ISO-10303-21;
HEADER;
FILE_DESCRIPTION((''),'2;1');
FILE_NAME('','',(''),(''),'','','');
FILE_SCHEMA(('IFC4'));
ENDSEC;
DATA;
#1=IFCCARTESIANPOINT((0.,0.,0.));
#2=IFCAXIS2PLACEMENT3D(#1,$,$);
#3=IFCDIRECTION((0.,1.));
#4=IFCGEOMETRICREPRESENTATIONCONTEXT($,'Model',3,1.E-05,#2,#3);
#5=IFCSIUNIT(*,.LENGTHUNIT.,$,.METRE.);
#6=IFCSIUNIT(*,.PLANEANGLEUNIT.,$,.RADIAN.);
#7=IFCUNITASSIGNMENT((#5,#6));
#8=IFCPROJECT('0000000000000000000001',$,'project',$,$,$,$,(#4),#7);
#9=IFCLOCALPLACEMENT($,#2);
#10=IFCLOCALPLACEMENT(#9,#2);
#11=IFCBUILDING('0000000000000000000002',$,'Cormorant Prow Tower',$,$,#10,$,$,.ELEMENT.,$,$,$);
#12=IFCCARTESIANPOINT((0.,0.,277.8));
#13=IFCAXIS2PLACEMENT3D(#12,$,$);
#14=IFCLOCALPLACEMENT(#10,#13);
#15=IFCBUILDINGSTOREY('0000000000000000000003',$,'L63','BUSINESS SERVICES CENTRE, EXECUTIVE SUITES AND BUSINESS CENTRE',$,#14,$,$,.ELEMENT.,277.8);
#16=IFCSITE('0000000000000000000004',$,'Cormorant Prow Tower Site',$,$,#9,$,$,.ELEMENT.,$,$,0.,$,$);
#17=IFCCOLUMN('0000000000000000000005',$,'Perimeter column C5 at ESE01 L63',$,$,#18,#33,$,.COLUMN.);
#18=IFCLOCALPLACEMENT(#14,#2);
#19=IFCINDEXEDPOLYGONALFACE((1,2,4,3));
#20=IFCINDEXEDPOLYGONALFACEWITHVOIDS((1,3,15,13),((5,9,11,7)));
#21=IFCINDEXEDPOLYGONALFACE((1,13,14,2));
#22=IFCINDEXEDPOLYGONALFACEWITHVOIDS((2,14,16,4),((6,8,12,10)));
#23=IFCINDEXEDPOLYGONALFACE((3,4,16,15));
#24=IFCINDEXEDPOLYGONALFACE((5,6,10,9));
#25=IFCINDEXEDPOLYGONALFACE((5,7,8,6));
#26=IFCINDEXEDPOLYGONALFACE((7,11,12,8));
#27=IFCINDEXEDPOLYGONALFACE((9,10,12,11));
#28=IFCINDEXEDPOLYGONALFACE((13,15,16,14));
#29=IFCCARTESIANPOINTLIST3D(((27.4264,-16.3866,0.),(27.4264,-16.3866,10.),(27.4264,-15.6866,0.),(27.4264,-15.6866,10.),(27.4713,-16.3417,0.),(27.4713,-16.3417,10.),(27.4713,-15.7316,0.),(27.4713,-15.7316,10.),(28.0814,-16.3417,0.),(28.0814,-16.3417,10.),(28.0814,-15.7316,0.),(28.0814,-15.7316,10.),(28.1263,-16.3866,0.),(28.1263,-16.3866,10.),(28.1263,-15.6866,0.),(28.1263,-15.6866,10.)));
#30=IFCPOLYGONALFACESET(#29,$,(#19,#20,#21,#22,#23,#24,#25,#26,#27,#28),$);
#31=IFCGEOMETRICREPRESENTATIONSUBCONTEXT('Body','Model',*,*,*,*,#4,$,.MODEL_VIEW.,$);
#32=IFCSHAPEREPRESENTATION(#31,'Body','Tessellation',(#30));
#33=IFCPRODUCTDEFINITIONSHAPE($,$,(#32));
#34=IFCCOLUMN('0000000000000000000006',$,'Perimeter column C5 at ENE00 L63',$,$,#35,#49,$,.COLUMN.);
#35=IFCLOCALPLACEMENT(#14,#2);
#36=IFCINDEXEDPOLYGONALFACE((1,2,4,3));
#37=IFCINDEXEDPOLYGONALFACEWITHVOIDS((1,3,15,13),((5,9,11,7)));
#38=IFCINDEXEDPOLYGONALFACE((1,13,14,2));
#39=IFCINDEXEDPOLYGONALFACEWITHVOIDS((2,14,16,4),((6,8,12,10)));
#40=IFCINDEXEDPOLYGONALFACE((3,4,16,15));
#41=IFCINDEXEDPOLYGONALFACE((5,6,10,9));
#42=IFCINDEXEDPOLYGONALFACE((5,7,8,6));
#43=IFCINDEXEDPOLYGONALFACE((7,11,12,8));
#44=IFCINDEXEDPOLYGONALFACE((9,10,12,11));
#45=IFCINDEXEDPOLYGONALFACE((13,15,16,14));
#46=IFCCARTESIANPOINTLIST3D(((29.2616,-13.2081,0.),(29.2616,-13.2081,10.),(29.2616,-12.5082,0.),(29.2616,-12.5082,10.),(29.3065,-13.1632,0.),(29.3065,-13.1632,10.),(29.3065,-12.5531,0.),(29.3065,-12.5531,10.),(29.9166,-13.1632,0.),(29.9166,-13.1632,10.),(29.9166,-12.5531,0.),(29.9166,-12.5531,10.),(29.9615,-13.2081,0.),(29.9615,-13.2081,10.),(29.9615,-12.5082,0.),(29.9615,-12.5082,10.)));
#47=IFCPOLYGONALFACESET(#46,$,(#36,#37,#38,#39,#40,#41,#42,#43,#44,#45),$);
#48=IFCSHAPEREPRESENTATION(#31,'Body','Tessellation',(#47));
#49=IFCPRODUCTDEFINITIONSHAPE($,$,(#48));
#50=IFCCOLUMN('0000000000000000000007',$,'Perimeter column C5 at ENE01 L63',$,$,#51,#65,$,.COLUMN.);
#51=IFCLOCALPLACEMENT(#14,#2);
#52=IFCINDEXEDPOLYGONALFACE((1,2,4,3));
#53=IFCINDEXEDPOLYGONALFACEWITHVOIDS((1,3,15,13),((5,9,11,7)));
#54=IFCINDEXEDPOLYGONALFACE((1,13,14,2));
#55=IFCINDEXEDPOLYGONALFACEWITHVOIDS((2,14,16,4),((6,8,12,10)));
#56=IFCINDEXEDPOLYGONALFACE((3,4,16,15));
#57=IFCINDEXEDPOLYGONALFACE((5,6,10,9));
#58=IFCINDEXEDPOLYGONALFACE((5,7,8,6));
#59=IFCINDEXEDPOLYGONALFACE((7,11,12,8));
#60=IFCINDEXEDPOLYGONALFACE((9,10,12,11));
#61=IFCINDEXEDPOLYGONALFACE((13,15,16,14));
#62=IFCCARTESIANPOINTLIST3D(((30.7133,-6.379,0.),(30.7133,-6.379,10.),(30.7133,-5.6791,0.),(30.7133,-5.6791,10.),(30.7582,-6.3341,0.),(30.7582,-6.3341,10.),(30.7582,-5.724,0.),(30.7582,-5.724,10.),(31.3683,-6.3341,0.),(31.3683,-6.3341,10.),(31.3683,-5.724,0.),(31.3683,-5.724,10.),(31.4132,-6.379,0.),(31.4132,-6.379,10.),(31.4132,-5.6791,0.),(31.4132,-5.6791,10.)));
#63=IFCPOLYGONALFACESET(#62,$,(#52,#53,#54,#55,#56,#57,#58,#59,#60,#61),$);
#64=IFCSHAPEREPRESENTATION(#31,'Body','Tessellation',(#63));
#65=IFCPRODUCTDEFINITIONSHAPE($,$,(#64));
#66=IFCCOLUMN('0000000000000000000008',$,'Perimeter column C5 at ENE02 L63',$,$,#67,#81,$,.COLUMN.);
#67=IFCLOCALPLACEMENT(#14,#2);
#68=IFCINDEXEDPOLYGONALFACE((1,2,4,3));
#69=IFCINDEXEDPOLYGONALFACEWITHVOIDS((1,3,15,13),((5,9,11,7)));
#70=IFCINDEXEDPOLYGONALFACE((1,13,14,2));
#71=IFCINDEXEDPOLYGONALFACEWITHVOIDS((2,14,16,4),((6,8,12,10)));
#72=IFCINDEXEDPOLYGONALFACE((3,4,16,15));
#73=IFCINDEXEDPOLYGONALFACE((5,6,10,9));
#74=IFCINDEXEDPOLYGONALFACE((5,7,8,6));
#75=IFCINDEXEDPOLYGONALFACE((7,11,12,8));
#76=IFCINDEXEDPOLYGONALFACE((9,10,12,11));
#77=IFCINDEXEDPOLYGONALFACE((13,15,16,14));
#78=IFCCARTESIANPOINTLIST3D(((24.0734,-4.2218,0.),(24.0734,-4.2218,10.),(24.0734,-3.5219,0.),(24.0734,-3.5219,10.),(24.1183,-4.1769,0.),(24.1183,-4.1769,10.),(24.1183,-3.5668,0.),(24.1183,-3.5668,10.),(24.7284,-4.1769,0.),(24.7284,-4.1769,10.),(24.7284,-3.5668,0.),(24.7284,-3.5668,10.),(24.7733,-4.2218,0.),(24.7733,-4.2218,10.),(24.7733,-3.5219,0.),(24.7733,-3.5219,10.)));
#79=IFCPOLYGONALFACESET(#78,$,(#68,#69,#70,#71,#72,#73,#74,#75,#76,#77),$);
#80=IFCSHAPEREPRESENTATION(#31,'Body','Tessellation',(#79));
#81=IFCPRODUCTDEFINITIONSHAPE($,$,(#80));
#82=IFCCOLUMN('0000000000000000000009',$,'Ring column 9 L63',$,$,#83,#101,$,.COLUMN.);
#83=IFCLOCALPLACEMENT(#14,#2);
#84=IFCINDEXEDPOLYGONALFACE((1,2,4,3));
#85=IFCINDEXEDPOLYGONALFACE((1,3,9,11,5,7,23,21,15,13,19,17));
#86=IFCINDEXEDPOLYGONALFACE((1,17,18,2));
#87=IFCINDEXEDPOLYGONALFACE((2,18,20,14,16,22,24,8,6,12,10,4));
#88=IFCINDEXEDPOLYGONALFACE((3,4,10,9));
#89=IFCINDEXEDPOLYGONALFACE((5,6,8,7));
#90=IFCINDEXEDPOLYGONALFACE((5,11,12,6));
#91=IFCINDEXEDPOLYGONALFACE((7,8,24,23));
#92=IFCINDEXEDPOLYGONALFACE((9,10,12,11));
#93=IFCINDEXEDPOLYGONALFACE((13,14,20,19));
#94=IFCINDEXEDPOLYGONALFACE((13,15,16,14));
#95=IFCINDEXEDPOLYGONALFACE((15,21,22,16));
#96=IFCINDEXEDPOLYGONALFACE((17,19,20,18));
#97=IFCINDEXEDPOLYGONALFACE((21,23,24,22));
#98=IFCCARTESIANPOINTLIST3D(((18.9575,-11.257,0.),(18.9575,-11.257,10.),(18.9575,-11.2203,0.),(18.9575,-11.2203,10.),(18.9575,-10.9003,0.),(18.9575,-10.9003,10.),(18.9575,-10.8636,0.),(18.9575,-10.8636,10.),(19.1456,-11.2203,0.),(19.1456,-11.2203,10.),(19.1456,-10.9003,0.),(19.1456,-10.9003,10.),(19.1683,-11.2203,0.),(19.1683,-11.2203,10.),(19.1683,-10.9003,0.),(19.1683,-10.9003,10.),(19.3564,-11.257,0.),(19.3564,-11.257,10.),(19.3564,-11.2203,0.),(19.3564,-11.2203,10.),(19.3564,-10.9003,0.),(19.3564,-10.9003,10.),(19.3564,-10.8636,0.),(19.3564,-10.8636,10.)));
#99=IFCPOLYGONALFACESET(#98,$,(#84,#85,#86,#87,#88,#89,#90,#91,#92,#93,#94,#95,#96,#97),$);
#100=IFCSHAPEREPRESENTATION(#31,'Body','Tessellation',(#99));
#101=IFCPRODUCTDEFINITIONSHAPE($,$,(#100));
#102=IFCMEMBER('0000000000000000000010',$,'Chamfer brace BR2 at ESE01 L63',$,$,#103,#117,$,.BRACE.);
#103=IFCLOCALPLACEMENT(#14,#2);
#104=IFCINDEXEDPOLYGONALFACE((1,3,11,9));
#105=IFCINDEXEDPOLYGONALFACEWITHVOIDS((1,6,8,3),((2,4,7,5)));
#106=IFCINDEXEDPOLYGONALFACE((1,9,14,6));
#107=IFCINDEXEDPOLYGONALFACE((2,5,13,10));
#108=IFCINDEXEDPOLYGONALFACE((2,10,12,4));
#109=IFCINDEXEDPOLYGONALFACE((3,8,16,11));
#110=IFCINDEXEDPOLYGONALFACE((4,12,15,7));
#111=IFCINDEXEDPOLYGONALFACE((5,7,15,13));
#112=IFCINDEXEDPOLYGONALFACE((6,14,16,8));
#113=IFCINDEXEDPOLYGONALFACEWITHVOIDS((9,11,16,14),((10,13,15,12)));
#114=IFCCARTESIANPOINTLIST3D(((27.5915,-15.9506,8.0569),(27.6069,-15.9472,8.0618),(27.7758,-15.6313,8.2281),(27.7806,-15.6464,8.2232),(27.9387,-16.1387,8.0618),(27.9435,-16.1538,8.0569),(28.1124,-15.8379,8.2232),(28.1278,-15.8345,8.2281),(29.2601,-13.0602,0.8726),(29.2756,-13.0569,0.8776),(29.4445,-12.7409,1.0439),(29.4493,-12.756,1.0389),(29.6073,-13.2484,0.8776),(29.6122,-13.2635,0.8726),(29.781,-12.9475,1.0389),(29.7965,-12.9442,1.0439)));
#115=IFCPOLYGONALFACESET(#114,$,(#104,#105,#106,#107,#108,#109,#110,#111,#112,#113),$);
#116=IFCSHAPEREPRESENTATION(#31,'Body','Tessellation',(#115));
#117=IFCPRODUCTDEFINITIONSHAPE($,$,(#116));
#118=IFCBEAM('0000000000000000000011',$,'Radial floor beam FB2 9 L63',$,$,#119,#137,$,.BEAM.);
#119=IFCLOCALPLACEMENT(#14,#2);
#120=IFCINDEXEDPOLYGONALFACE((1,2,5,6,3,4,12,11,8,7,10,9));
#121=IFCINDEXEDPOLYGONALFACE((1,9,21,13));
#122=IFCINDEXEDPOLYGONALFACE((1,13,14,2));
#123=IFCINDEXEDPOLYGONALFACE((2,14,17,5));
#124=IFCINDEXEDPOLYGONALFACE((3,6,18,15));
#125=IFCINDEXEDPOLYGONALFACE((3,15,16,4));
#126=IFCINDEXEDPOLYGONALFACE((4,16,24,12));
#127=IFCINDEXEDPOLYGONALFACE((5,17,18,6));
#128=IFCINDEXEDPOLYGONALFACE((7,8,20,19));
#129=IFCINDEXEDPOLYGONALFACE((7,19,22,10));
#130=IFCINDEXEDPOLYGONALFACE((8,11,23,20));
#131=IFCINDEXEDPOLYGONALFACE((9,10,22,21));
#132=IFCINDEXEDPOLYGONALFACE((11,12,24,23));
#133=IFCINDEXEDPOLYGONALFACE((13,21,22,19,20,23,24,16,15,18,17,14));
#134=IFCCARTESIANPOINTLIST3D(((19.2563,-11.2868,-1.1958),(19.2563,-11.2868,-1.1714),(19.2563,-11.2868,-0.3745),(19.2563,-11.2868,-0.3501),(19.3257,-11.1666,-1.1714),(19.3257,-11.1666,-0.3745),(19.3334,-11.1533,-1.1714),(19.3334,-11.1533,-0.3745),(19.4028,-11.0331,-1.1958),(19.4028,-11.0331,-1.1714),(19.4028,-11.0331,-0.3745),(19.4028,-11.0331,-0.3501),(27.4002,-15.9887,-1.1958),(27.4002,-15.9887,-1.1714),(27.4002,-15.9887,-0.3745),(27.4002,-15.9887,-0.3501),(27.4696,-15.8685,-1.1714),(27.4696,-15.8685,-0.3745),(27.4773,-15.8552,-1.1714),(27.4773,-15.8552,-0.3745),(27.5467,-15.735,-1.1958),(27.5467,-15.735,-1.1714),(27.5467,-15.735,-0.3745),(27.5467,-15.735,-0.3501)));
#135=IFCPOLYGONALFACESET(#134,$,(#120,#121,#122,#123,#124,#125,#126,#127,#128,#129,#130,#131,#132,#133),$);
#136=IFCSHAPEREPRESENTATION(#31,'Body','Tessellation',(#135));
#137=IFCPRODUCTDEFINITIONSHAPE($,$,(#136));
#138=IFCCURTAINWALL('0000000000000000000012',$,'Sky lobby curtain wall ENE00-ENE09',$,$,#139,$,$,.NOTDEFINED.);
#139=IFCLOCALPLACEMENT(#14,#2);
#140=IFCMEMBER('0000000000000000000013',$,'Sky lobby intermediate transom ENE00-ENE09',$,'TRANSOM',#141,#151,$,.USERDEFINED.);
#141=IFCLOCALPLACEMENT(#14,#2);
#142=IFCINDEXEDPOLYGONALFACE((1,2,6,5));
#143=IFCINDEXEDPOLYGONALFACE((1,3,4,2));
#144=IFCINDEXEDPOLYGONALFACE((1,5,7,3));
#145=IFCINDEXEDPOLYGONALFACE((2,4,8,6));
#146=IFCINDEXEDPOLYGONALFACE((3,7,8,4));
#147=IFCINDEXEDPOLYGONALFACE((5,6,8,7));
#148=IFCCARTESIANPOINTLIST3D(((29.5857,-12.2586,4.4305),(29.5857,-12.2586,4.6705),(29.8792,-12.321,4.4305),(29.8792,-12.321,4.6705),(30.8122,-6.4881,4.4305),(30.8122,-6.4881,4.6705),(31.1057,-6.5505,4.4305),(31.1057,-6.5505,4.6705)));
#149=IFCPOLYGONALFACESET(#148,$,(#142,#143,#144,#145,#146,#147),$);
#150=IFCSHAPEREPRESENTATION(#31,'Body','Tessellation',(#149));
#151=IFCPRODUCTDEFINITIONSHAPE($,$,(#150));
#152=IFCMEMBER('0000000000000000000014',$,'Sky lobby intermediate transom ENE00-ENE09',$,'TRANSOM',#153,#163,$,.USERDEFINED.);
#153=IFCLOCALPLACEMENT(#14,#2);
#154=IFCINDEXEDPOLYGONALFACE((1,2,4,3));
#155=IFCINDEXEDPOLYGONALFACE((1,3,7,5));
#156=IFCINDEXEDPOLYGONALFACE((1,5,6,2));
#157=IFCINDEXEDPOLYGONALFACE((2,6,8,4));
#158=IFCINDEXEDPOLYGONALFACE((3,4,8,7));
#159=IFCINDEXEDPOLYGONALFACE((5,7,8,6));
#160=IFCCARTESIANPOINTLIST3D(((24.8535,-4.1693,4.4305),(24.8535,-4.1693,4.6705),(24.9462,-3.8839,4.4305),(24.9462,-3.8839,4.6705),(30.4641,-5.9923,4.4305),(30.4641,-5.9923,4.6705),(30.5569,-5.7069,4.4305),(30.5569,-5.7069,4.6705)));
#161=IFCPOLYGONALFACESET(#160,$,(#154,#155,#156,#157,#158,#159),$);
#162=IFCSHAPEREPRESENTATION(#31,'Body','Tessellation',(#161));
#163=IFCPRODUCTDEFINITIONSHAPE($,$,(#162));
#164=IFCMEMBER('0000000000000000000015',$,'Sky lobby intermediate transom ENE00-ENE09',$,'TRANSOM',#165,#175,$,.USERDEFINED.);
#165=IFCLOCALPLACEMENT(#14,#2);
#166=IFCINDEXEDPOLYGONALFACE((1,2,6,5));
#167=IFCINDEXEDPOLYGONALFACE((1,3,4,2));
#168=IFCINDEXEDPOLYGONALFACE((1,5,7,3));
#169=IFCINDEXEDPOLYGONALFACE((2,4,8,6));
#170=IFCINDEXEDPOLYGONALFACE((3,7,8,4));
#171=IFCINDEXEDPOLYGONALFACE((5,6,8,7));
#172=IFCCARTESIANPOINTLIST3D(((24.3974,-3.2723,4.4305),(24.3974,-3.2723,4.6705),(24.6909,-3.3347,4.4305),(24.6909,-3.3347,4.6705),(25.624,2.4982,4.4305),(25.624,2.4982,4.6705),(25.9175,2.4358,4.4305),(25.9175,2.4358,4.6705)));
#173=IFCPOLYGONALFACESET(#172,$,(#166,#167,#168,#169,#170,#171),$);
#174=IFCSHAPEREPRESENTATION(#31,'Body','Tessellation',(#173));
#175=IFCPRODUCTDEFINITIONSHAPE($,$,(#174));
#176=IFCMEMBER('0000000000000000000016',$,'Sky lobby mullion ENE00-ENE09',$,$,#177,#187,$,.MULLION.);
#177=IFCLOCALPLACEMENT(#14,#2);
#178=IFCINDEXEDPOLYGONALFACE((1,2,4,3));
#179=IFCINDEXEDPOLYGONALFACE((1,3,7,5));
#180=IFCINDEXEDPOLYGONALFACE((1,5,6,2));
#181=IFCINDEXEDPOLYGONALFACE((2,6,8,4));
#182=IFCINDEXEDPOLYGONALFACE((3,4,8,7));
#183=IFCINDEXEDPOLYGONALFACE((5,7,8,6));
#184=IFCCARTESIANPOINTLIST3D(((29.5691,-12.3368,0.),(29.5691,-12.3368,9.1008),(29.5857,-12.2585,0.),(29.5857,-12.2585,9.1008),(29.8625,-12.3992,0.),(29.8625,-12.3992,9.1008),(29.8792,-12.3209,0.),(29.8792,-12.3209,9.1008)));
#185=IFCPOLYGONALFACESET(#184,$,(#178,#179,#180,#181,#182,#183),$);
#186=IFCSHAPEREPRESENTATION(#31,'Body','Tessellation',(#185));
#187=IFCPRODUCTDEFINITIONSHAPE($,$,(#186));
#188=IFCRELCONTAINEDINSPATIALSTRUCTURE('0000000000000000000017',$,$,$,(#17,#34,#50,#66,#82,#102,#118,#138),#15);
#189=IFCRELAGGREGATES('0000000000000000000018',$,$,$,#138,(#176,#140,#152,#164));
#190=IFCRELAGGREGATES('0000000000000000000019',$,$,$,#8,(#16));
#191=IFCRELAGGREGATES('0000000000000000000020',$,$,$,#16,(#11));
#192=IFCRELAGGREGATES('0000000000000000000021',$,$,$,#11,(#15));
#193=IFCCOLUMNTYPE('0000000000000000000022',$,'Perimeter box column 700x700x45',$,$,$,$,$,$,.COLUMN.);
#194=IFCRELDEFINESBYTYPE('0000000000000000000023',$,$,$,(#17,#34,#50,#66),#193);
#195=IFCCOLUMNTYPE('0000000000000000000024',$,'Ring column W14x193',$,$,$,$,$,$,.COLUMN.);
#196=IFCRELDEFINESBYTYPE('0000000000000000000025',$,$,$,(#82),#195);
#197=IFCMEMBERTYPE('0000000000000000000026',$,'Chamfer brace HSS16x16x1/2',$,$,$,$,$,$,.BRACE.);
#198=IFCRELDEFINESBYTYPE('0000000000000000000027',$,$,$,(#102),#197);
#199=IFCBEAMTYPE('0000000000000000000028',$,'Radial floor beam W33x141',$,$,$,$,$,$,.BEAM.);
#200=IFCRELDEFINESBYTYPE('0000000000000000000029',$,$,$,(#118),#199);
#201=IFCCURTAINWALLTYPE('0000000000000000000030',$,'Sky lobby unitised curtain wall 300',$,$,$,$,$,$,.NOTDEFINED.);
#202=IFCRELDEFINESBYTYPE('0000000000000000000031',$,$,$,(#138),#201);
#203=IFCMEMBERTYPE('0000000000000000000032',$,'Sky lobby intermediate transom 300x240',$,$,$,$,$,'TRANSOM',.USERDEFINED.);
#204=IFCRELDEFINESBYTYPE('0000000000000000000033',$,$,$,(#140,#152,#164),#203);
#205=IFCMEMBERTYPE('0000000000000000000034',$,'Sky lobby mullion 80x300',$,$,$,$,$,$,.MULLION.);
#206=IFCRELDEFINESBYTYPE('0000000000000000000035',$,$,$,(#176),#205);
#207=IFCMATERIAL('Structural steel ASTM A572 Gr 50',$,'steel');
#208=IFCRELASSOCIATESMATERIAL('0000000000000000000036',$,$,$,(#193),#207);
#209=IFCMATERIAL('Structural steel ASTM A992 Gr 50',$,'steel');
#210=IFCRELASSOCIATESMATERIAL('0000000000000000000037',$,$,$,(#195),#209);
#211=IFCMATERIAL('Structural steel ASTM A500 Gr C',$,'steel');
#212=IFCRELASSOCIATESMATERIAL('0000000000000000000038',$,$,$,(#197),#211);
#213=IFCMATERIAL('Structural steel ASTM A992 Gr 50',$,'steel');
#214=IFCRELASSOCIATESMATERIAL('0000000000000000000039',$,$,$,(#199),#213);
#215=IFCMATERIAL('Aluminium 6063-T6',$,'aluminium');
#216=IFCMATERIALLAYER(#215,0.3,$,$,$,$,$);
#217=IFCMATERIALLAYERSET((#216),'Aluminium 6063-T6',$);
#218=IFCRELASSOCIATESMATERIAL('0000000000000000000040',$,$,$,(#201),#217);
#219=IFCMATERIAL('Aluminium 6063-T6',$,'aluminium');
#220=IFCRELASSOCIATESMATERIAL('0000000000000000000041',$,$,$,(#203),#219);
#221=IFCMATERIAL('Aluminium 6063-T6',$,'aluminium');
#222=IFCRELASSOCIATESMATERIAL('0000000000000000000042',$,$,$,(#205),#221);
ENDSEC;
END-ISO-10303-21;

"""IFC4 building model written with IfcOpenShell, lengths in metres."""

from ifc_helpers import new_model, si_unit, direction, frame, origin, origin_2d, place, context, subcontext, project, spatial, rectangle, hollow_rectangle, i_section, extrude, material, layer, layer_set, material_profile, profile_set, type_object, element, aggregate, save


model = new_model("IFC4")

# Units and contexts
model_context = context("Model", 3, precision=1e-05, world=origin(), true_north=direction((0.0, 1.0)))
body_context = subcontext(model_context, "Body", "Model", "MODEL_VIEW")
ifc_project = project(units=[si_unit("LENGTHUNIT", "METRE"), si_unit("PLANEANGLEUNIT", "RADIAN")], contexts=[model_context])

# Site, building, storey
site_placement = place(None, origin())
site = spatial("IfcSite", under=ifc_project, at=site_placement, Name="Cormorant Prow Tower Site", CompositionType="ELEMENT", RefElevation=0.0)
building_placement = place(site_placement, origin())
building = spatial("IfcBuilding", under=site, at=building_placement, Name="Cormorant Prow Tower", CompositionType="ELEMENT")
storey_placement = place(building_placement, frame((0.0, 0.0, 277.8)))
storey = spatial("IfcBuildingStorey", under=building, at=storey_placement, Name="L63", Description="BUSINESS SERVICES CENTRE, EXECUTIVE SUITES AND BUSINESS CENTRE", CompositionType="ELEMENT", Elevation=277.8)

# Columns
ifc_material_1 = material(Name="Structural steel ASTM A572 Gr 50", Category="steel")
ifc_material_profile_1 = material_profile(ifc_material_1, hollow_rectangle(XDim=0.7, YDim=0.7, WallThickness=0.0449, at=origin_2d()), Name="Box 700x700x45")
ifc_profile_set_1 = profile_set([ifc_material_profile_1], Name="Structural steel ASTM A572 Gr 50")
column_type_1 = type_object("IfcColumnType", Name="Perimeter box column 700x700x45", PredefinedType="COLUMN", material=ifc_profile_set_1)
for number, where, z_axis, x_axis, name in (
    (1, (27.7764, -16.0366, 0.0), (0.0, 0.0, 1.0), (1.0, 0.0, 0.0), "Perimeter column C5 at ESE01 L63"),
    (2, (29.6116, -12.8582, 0.0), (0.0, 0.0, 1.0), (1.0, 0.0, 0.0), "Perimeter column C5 at ENE00 L63"),
    (3, (31.0632, -6.0291, 0.0), (0.0, 0.0, 1.0), (1.0, 0.0, 0.0), "Perimeter column C5 at ENE01 L63"),
    (4, (24.4233, -3.8718, 0.0), (0.0, 0.0, 1.0), (1.0, 0.0, 0.0), "Perimeter column C5 at ENE02 L63"),
):
    element("IfcColumn", number, at=place(storey_placement, frame(where, z_axis=z_axis, x_axis=x_axis)), inside=storey, type_object=column_type_1, Name=name, PredefinedType="COLUMN", context=body_context, shape_type="SweptSolid", body=[
        extrude(hollow_rectangle(XDim=0.7, YDim=0.7, WallThickness=0.0449, at=origin_2d()), origin(), (0.0, 0.0, 1.0), 10.0),
    ])
ifc_material_2 = material(Name="Structural steel ASTM A992 Gr 50", Category="steel")
ifc_material_profile_2 = material_profile(ifc_material_2, i_section(OverallWidth=0.3989, OverallDepth=0.3933, WebThickness=0.0227, FlangeThickness=0.0366, at=origin_2d()), Name="W14x193")
ifc_profile_set_2 = profile_set([ifc_material_profile_2], Name="Structural steel ASTM A992 Gr 50")
column_type_2 = type_object("IfcColumnType", Name="Ring column W14x193", PredefinedType="COLUMN", material=ifc_profile_set_2)
column_placement = place(storey_placement, frame((19.157, -11.0603, 0.0), z_axis=(0.0, 0.0, 1.0), x_axis=(1.0, 0.0, 0.0)))
element("IfcColumn", 5, at=column_placement, inside=storey, type_object=column_type_2, Name="Ring column 9 L63", PredefinedType="COLUMN", context=body_context, shape_type="SweptSolid", body=[
    extrude(i_section(OverallWidth=0.3989, OverallDepth=0.3933, WebThickness=0.0227, FlangeThickness=0.0366, at=origin_2d()), origin(), (0.0, 0.0, 1.0), 10.0),
])

# Member
ifc_material_3 = material(Name="Structural steel ASTM A500 Gr C", Category="steel")
ifc_material_profile_3 = material_profile(ifc_material_3, hollow_rectangle(XDim=0.4065, YDim=0.4065, WallThickness=0.0117, at=origin_2d()), Name="HSS16x16x1/2")
ifc_profile_set_3 = profile_set([ifc_material_profile_3], Name="Structural steel ASTM A500 Gr C")
member_type_1 = type_object("IfcMemberType", Name="Chamfer brace HSS16x16x1/2", PredefinedType="BRACE", material=ifc_profile_set_3)
member_1_placement = place(storey_placement, frame((29.5283, -13.0022, 0.9583), z_axis=(-0.210649, -0.364869, 0.906917), x_axis=(0.866033, -0.499986, 0.0)))
element("IfcMember", 6, at=member_1_placement, inside=storey, type_object=member_type_1, Name="Chamfer brace BR2 at ESE01 L63", PredefinedType="BRACE", context=body_context, shape_type="SweptSolid", body=[
    extrude(hollow_rectangle(XDim=0.4065, YDim=0.4065, WallThickness=0.0117, at=origin_2d()), origin(), (0.0, 0.0, 1.0), 7.9216),
])

# Beam
ifc_material_4 = material(Name="Structural steel ASTM A992 Gr 50", Category="steel")
ifc_material_profile_4 = material_profile(ifc_material_4, i_section(OverallWidth=0.293, OverallDepth=0.8457, WebThickness=0.0154, FlangeThickness=0.0244, at=origin_2d()), Name="W33x141")
ifc_profile_set_4 = profile_set([ifc_material_profile_4], Name="Structural steel ASTM A992 Gr 50")
beam_type_1 = type_object("IfcBeamType", Name="Radial floor beam W33x141", PredefinedType="BEAM", material=ifc_profile_set_4)
beam_1_placement = place(storey_placement, frame((19.3296, -11.1599, -0.7729), z_axis=(0.866022, -0.500006, 0.0), x_axis=(0.500006, 0.866022, 0.0)))
element("IfcBeam", 7, at=beam_1_placement, inside=storey, type_object=beam_type_1, Name="Radial floor beam FB2 9 L63", PredefinedType="BEAM", context=body_context, shape_type="SweptSolid", body=[
    extrude(i_section(OverallWidth=0.293, OverallDepth=0.8457, WebThickness=0.0154, FlangeThickness=0.0244, at=origin_2d()), origin(), (0.0, 0.0, 1.0), 9.4038),
])

# Curtain wall, members
ifc_material_5 = material(Name="Aluminium 6063-T6", Category="aluminium")
ifc_layer_1 = layer(ifc_material_5, 0.3)
ifc_layer_set_1 = layer_set([ifc_layer_1], Name="Aluminium 6063-T6")
curtain_wall_type = type_object("IfcCurtainWallType", Name="Sky lobby unitised curtain wall 300", PredefinedType="NOTDEFINED", material=ifc_layer_set_1)
curtain_wall_placement = place(storey_placement, origin())
curtain_wall = element("IfcCurtainWall", 8, at=curtain_wall_placement, inside=storey, type_object=curtain_wall_type, Name="Sky lobby curtain wall ENE00-ENE09", PredefinedType="NOTDEFINED")
ifc_material_6 = material(Name="Aluminium 6063-T6", Category="aluminium")
ifc_material_profile_5 = material_profile(ifc_material_6, rectangle(XDim=0.3, YDim=0.24, at=origin_2d()), Name="Sky lobby intermediate transom 300x240")
ifc_profile_set_5 = profile_set([ifc_material_profile_5], Name="Aluminium 6063-T6")
member_type_2 = type_object("IfcMemberType", Name="Sky lobby intermediate transom 300x240", ElementType="TRANSOM", PredefinedType="USERDEFINED", material=ifc_profile_set_5)
member_2_placement = place(storey_placement, frame((29.7324, -12.2898, 4.5505), z_axis=(0.207912, 0.978147, 0.0), x_axis=(-0.978147, 0.207912, 0.0)))
member_2 = element("IfcMember", 9, at=member_2_placement, type_object=member_type_2, Name="Sky lobby intermediate transom ENE00-ENE09", ObjectType="TRANSOM", PredefinedType="USERDEFINED", context=body_context, shape_type="SweptSolid", body=[
    extrude(rectangle(XDim=0.3, YDim=0.24, at=origin_2d()), origin(), (0.0, 0.0, 1.0), 5.8994),
])
member_3_placement = place(storey_placement, frame((30.5105, -5.8496, 4.5505), z_axis=(-0.951056, 0.309018, 0.0), x_axis=(-0.309018, -0.951056, 0.0)))
member_3 = element("IfcMember", 10, at=member_3_placement, type_object=member_type_2, Name="Sky lobby intermediate transom ENE00-ENE09", ObjectType="TRANSOM", PredefinedType="USERDEFINED", context=body_context, shape_type="SweptSolid", body=[
    extrude(rectangle(XDim=0.3, YDim=0.24, at=origin_2d()), origin(), (0.0, 0.0, 1.0), 5.8994),
])
member_4_placement = place(storey_placement, frame((24.5442, -3.3035, 4.5505), z_axis=(0.207912, 0.978147, 0.0), x_axis=(-0.978147, 0.207912, 0.0)))
member_4 = element("IfcMember", 11, at=member_4_placement, type_object=member_type_2, Name="Sky lobby intermediate transom ENE00-ENE09", ObjectType="TRANSOM", PredefinedType="USERDEFINED", context=body_context, shape_type="SweptSolid", body=[
    extrude(rectangle(XDim=0.3, YDim=0.24, at=origin_2d()), origin(), (0.0, 0.0, 1.0), 5.8994),
])
ifc_material_7 = material(Name="Aluminium 6063-T6", Category="aluminium")
ifc_material_profile_6 = material_profile(ifc_material_7, rectangle(XDim=0.3, YDim=0.0801, at=origin_2d()), Name="Sky lobby mullion 80x300")
ifc_profile_set_6 = profile_set([ifc_material_profile_6], Name="Aluminium 6063-T6")
member_type_3 = type_object("IfcMemberType", Name="Sky lobby mullion 80x300", PredefinedType="MULLION", material=ifc_profile_set_6)
member_5_placement = place(storey_placement, frame((29.7241, -12.3289, 0.0), z_axis=(0.0, 0.0, 1.0), x_axis=(-0.978148, 0.207912, 0.0)))
member_5 = element("IfcMember", 12, at=member_5_placement, type_object=member_type_3, Name="Sky lobby mullion ENE00-ENE09", PredefinedType="MULLION", context=body_context, shape_type="SweptSolid", body=[
    extrude(rectangle(XDim=0.3, YDim=0.0801, at=origin_2d()), origin(), (0.0, 0.0, 1.0), 9.1008),
])

aggregate(curtain_wall, [member_5, member_2, member_3, member_4])

save(model, "model.ifc")
